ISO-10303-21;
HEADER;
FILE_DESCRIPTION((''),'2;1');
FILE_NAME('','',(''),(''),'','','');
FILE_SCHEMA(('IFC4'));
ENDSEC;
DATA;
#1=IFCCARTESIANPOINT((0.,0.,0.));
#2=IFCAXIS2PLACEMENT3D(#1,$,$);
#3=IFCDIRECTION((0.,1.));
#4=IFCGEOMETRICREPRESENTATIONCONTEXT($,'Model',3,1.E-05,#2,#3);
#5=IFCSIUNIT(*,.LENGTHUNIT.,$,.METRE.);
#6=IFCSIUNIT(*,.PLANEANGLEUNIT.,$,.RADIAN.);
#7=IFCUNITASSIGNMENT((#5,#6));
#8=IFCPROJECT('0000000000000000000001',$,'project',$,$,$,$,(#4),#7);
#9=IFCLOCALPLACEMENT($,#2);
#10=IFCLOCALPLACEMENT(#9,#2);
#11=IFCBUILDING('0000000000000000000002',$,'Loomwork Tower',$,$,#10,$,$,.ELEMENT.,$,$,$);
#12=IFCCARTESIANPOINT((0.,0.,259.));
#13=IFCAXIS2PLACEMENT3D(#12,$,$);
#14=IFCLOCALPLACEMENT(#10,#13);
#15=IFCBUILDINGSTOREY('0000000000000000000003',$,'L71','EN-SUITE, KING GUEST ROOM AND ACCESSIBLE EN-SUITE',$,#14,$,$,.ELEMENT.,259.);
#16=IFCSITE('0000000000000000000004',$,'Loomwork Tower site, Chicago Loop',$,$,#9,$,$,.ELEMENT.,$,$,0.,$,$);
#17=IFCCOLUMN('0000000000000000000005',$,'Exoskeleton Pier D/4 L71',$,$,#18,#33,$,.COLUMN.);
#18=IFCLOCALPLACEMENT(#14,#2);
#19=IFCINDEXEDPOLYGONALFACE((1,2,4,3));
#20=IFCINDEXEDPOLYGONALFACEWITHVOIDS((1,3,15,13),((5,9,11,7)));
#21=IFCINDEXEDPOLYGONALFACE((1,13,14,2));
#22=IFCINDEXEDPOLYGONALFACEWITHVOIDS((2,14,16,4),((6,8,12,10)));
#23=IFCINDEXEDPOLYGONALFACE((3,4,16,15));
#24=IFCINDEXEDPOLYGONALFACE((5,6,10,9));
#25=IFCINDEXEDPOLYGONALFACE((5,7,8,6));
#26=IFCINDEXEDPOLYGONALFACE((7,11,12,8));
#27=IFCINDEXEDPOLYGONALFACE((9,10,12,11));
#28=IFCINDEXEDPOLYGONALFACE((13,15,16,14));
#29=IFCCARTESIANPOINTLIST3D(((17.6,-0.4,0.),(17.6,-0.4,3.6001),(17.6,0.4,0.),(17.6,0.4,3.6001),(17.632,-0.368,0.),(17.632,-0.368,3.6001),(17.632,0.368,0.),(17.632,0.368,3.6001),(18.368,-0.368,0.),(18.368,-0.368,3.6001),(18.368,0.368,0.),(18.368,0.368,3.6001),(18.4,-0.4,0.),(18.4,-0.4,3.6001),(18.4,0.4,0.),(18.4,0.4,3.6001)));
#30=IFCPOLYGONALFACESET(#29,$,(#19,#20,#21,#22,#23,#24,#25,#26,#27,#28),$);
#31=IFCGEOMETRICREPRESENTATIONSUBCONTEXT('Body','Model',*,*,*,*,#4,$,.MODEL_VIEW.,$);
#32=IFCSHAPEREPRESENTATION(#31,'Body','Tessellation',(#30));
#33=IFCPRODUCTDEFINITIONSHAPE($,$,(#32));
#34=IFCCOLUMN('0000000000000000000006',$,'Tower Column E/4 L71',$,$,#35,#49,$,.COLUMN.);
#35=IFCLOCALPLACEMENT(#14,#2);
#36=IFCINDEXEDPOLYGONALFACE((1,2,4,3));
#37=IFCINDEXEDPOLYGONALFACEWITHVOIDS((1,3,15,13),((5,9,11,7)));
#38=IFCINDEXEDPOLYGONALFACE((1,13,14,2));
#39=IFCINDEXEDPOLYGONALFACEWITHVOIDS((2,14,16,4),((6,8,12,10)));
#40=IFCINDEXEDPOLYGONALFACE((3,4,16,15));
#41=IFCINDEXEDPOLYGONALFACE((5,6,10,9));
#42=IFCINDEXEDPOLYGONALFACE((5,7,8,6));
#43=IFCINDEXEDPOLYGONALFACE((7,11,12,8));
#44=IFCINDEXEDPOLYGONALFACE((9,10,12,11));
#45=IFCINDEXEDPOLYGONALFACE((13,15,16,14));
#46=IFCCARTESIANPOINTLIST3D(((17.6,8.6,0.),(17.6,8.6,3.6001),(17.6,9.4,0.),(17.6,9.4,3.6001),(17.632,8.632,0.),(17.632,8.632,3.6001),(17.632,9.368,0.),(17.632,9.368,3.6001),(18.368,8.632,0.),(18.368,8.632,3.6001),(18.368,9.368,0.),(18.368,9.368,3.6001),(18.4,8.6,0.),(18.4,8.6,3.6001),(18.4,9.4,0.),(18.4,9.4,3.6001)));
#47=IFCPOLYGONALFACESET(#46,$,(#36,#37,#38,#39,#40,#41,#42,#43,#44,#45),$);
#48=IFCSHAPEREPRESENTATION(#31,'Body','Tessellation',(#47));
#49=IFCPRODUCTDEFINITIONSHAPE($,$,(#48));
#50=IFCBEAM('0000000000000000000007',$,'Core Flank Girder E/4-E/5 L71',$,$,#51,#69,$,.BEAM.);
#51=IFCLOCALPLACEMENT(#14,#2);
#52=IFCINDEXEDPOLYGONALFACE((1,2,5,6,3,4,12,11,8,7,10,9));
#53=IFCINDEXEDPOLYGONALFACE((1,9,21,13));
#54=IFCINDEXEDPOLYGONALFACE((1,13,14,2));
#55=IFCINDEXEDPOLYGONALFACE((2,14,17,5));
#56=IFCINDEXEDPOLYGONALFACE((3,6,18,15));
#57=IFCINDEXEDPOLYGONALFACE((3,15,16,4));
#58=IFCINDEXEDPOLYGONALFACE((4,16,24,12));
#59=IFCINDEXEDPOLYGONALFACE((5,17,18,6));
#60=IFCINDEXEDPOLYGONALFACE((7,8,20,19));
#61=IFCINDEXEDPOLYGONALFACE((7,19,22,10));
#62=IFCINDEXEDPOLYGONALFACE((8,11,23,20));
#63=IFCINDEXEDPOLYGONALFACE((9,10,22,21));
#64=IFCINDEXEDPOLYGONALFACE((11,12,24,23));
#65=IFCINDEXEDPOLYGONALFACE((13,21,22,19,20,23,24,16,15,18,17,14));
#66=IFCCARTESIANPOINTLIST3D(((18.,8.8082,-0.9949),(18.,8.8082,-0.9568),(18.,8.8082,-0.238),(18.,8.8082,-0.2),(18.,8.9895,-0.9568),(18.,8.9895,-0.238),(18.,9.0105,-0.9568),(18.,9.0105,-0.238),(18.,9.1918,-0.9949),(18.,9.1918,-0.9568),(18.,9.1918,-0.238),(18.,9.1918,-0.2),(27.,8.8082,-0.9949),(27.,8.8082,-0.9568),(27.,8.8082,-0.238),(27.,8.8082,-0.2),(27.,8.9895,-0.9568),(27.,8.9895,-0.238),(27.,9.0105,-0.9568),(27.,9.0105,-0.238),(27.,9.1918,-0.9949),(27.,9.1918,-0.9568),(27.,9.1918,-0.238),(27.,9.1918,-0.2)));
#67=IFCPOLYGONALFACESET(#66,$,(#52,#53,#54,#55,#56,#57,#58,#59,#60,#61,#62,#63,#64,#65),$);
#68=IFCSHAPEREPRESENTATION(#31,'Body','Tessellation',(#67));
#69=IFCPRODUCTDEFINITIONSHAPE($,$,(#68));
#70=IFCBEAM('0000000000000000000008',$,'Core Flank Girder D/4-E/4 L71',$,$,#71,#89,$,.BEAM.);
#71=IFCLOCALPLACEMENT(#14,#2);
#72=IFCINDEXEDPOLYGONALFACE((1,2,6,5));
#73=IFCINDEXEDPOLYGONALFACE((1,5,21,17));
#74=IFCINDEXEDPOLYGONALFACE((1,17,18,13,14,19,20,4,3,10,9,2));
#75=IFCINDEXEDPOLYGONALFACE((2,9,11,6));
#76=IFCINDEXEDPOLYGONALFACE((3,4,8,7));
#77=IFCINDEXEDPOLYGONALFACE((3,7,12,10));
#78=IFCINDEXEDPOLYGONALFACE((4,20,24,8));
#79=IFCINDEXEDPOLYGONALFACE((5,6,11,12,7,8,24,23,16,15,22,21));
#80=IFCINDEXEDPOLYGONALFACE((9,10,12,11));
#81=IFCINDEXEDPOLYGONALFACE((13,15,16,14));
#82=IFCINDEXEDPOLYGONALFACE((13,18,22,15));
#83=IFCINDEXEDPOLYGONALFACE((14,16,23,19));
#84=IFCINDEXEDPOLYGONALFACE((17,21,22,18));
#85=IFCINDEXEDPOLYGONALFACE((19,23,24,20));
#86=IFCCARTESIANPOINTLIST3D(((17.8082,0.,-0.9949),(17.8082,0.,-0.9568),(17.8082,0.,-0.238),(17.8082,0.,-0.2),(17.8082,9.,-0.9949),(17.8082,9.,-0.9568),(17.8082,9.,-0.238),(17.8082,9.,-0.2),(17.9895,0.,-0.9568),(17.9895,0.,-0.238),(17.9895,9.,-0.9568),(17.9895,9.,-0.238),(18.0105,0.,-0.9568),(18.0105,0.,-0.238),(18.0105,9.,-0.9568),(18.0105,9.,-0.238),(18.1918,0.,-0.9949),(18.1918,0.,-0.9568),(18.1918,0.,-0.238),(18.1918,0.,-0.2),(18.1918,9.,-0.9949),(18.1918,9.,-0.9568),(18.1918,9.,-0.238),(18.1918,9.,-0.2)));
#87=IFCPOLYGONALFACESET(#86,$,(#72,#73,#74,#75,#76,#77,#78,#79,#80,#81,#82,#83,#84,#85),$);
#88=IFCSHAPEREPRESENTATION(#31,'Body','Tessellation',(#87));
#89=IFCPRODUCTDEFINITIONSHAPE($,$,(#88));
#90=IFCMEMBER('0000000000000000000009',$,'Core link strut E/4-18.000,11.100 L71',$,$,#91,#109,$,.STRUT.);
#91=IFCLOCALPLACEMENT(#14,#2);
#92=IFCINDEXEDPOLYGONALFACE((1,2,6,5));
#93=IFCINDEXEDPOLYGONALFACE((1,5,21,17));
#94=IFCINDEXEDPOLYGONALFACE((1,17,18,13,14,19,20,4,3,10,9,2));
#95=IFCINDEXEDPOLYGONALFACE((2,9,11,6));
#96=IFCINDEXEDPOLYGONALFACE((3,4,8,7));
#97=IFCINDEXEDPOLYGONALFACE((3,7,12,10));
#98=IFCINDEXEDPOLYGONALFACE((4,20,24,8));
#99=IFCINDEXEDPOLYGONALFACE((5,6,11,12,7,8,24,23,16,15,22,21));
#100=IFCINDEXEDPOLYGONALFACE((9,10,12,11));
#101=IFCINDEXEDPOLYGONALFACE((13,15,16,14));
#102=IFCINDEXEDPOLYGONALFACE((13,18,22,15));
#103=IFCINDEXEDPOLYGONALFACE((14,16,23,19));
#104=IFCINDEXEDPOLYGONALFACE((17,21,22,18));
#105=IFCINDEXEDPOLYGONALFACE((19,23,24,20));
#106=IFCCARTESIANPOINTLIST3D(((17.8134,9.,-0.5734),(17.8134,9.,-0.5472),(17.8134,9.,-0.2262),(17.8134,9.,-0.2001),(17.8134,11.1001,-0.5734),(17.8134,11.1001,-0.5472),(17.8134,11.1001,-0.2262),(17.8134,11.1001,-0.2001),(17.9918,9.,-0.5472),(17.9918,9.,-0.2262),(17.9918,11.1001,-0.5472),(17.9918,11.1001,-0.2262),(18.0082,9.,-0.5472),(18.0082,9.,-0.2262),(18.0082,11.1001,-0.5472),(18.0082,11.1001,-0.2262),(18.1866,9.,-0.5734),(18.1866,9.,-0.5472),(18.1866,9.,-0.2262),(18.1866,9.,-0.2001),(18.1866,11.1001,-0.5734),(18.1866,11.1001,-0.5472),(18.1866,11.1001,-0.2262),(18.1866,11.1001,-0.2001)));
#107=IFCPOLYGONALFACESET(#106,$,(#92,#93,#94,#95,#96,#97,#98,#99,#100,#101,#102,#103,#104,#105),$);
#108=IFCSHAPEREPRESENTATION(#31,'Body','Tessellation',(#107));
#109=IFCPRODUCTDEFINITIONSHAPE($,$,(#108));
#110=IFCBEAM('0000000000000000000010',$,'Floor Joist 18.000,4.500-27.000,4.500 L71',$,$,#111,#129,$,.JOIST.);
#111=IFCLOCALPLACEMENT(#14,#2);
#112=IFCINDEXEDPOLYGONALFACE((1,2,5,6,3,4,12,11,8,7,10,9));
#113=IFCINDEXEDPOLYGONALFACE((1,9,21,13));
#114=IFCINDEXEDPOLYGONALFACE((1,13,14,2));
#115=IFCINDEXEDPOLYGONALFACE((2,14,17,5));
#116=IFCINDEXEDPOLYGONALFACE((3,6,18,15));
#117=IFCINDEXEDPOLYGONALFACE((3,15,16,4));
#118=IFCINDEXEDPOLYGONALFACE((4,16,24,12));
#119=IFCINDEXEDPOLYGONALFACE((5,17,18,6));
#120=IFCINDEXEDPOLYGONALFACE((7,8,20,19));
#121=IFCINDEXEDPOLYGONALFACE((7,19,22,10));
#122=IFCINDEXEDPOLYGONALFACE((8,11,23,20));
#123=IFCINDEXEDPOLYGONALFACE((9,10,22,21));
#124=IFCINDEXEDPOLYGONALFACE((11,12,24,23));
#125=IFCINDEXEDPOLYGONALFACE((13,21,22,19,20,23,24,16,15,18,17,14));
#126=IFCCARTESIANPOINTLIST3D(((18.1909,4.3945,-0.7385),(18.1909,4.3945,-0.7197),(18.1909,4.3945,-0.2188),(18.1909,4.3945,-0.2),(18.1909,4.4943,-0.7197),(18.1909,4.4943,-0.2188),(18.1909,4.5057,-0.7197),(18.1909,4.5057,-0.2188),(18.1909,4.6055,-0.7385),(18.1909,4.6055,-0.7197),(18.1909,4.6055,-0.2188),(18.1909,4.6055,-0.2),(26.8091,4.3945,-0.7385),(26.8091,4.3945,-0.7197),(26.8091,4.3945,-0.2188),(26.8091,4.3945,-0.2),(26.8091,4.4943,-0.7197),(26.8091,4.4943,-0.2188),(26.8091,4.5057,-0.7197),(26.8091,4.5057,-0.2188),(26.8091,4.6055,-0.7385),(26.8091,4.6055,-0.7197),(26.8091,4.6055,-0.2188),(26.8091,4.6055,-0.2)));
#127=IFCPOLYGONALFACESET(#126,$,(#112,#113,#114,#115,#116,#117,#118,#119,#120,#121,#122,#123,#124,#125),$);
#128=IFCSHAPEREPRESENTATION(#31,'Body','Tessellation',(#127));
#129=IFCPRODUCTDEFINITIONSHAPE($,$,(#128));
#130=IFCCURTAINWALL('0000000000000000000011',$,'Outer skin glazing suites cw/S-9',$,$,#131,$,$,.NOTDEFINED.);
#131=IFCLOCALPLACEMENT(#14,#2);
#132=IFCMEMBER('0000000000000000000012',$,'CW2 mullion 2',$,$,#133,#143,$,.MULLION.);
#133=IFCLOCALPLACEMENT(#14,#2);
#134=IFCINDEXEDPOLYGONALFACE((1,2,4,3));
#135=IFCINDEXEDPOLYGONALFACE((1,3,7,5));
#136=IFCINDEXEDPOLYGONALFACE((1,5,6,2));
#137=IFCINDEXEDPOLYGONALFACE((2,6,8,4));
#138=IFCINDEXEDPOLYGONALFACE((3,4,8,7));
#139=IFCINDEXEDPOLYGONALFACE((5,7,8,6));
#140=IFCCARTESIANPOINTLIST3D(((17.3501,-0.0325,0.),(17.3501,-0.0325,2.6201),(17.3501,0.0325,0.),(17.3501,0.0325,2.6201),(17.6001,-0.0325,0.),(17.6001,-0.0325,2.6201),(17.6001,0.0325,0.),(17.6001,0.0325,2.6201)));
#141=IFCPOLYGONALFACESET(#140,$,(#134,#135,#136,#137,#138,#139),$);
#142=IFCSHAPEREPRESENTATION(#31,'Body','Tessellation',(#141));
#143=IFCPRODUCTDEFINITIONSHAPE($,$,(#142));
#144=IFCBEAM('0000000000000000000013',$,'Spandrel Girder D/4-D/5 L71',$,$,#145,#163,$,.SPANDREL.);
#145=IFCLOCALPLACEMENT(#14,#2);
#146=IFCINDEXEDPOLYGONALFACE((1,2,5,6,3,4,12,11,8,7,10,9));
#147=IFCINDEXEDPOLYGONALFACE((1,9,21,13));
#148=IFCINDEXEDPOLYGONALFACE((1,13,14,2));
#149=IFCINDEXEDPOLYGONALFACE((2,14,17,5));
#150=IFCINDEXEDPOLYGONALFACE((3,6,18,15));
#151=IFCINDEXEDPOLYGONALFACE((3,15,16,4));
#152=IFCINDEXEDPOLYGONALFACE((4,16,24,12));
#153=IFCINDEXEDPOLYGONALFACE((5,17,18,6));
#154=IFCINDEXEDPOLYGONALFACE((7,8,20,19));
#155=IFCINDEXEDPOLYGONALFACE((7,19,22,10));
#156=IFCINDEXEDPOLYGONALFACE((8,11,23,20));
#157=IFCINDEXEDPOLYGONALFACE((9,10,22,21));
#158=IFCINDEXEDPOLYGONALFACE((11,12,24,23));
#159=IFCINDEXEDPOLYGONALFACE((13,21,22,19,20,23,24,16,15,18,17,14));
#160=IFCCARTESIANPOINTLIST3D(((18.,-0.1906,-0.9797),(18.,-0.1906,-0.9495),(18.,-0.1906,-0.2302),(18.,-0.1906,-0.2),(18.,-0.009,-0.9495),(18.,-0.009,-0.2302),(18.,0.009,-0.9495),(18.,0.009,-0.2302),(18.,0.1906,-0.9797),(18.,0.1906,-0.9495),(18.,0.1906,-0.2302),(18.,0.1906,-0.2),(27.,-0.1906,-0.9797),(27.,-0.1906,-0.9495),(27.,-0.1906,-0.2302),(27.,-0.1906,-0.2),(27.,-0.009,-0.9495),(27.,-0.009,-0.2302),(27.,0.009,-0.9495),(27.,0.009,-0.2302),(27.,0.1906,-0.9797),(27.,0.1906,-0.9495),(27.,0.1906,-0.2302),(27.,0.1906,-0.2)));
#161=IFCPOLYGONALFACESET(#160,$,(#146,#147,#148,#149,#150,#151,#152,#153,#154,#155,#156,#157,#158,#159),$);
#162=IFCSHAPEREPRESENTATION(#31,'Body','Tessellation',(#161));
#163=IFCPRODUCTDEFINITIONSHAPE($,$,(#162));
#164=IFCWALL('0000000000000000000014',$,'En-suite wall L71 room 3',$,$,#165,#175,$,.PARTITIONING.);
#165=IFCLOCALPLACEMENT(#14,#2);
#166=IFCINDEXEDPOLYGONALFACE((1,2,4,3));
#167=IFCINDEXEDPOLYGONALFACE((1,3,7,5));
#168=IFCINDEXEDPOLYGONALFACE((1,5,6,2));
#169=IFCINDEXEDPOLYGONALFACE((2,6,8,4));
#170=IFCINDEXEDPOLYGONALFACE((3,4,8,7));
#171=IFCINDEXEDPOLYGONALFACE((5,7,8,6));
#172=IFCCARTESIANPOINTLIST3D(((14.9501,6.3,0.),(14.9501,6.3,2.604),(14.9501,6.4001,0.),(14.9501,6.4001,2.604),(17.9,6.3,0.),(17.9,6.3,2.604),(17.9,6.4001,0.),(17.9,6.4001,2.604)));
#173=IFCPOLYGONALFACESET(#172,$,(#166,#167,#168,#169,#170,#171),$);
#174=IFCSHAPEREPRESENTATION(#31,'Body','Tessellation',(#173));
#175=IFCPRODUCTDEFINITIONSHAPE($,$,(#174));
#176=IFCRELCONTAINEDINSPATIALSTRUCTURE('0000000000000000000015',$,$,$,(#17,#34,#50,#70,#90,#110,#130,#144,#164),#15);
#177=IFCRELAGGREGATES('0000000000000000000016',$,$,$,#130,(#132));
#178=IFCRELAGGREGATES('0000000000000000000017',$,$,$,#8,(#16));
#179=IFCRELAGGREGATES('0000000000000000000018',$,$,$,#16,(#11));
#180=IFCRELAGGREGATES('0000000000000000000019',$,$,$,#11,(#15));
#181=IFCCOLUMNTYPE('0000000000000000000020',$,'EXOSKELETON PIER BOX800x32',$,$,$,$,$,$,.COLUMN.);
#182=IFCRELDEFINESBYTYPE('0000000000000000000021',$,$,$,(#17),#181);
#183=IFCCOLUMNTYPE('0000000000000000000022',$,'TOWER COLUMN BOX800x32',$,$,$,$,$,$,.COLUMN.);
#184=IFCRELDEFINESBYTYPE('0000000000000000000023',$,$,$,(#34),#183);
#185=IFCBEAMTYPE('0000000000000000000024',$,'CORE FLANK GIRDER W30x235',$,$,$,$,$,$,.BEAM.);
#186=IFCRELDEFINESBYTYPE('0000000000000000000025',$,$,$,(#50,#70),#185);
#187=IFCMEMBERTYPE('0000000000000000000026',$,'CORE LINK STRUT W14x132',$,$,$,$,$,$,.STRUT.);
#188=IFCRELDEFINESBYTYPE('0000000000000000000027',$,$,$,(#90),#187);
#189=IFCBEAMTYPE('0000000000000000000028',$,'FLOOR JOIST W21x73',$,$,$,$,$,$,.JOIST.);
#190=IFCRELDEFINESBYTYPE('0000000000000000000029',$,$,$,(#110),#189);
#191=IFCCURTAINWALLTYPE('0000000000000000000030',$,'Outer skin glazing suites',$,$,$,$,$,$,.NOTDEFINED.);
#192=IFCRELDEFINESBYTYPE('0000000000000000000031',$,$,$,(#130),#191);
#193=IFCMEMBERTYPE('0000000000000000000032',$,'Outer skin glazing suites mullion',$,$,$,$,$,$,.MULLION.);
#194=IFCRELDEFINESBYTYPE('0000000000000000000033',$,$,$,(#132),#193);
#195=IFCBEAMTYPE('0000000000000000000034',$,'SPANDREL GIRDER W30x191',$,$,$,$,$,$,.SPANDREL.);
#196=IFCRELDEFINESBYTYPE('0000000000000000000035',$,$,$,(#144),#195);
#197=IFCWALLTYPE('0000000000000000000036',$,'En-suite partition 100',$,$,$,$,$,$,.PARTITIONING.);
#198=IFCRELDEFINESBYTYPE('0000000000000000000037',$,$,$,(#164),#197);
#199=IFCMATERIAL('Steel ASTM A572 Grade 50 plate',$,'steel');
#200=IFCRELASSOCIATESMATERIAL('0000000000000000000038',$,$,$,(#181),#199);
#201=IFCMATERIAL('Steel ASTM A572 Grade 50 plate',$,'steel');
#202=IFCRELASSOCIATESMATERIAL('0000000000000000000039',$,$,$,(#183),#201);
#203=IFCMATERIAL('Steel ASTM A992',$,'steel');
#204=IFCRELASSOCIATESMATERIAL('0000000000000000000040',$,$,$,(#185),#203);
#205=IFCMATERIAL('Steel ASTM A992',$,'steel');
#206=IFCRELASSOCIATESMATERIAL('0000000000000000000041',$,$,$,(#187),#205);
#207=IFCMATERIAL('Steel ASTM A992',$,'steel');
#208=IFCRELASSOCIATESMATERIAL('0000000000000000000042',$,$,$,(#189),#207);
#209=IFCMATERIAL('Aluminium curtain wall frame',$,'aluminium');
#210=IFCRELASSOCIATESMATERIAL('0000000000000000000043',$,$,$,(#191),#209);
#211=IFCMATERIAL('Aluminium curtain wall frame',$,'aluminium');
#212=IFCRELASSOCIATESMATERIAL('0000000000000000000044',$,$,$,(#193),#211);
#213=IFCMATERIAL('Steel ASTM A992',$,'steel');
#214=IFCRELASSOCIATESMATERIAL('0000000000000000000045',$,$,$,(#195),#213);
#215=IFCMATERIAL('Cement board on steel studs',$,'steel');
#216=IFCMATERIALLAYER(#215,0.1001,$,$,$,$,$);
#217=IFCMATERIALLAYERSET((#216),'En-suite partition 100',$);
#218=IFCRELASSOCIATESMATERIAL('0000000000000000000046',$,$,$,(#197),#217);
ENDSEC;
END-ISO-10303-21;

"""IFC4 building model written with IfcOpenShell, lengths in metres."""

from ifc_helpers import new_model, si_unit, direction, frame, frame_2d, origin, origin_2d, place, context, subcontext, project, spatial, rectangle, hollow_rectangle, i_section, extrude, material, layer, layer_set, material_profile, profile_set, type_object, element, aggregate, save


model = new_model("IFC4")

# Units and contexts
model_context = context("Model", 3, precision=1e-05, world=origin(), true_north=direction((0.0, 1.0)))
body_context = subcontext(model_context, "Body", "Model", "MODEL_VIEW")
ifc_project = project(units=[si_unit("LENGTHUNIT", "METRE"), si_unit("PLANEANGLEUNIT", "RADIAN")], contexts=[model_context])

# Site, building, storey
site_placement = place(None, origin())
site = spatial("IfcSite", under=ifc_project, at=site_placement, Name="Loomwork Tower site, Chicago Loop", CompositionType="ELEMENT", RefElevation=0.0)
building_placement = place(site_placement, origin())
building = spatial("IfcBuilding", under=site, at=building_placement, Name="Loomwork Tower", CompositionType="ELEMENT")
storey_placement = place(building_placement, frame((0.0, 0.0, 259.0)))
storey = spatial("IfcBuildingStorey", under=building, at=storey_placement, Name="L71", Description="EN-SUITE, KING GUEST ROOM AND ACCESSIBLE EN-SUITE", CompositionType="ELEMENT", Elevation=259.0)

# Columns
ifc_material_1 = material(Name="Steel ASTM A572 Grade 50 plate", Category="steel")
ifc_material_profile_1 = material_profile(ifc_material_1, hollow_rectangle(XDim=0.8, YDim=0.8, WallThickness=0.032, at=origin_2d()), Name="BOX800x32")
ifc_profile_set_1 = profile_set([ifc_material_profile_1], Name="Steel ASTM A572 Grade 50 plate")
column_type_1 = type_object("IfcColumnType", Name="EXOSKELETON PIER BOX800x32", PredefinedType="COLUMN", material=ifc_profile_set_1)
column_1_placement = place(storey_placement, frame((18.0, 0.0, 0.0), z_axis=(0.0, 0.0, 1.0), x_axis=(1.0, 0.0, 0.0)))
element("IfcColumn", 1, at=column_1_placement, inside=storey, type_object=column_type_1, Name="Exoskeleton Pier D/4 L71", PredefinedType="COLUMN", context=body_context, shape_type="SweptSolid", body=[
    extrude(hollow_rectangle(XDim=0.8, YDim=0.8, WallThickness=0.032, at=origin_2d()), origin(), (0.0, 0.0, 1.0), 3.6001),
])
ifc_material_2 = material(Name="Steel ASTM A572 Grade 50 plate", Category="steel")
ifc_material_profile_2 = material_profile(ifc_material_2, hollow_rectangle(XDim=0.8, YDim=0.8, WallThickness=0.032, at=origin_2d()), Name="BOX800x32")
ifc_profile_set_2 = profile_set([ifc_material_profile_2], Name="Steel ASTM A572 Grade 50 plate")
column_type_2 = type_object("IfcColumnType", Name="TOWER COLUMN BOX800x32", PredefinedType="COLUMN", material=ifc_profile_set_2)
column_2_placement = place(storey_placement, frame((18.0, 9.0, 0.0), z_axis=(0.0, 0.0, 1.0), x_axis=(1.0, 0.0, 0.0)))
element("IfcColumn", 2, at=column_2_placement, inside=storey, type_object=column_type_2, Name="Tower Column E/4 L71", PredefinedType="COLUMN", context=body_context, shape_type="SweptSolid", body=[
    extrude(hollow_rectangle(XDim=0.8, YDim=0.8, WallThickness=0.032, at=origin_2d()), origin(), (0.0, 0.0, 1.0), 3.6001),
])

# Beams
ifc_material_3 = material(Name="Steel ASTM A992", Category="steel")
ifc_material_profile_3 = material_profile(ifc_material_3, i_section(OverallWidth=0.3835, OverallDepth=0.7949, WebThickness=0.021, FlangeThickness=0.0381, at=origin_2d()), Name="W30x235")
ifc_profile_set_3 = profile_set([ifc_material_profile_3], Name="Steel ASTM A992")
beam_type_1 = type_object("IfcBeamType", Name="CORE FLANK GIRDER W30x235", PredefinedType="BEAM", material=ifc_profile_set_3)
for number, where, z_axis, x_axis, name in (
    (3, (18.0, 9.0, -0.5974), (1.0, 0.0, 0.0), (0.0, 1.0, 0.0), "Core Flank Girder E/4-E/5 L71"),
    (4, (18.0, 0.0, -0.5974), (0.0, 1.0, 0.0), (-1.0, 0.0, 0.0), "Core Flank Girder D/4-E/4 L71"),
):
    element("IfcBeam", number, at=place(storey_placement, frame(where, z_axis=z_axis, x_axis=x_axis)), inside=storey, type_object=beam_type_1, Name=name, PredefinedType="BEAM", context=body_context, shape_type="SweptSolid", body=[
        extrude(i_section(OverallWidth=0.3835, OverallDepth=0.7949, WebThickness=0.021, FlangeThickness=0.0381, at=origin_2d()), origin(), (0.0, 0.0, 1.0), 9.0),
    ])

# Member
ifc_material_4 = material(Name="Steel ASTM A992", Category="steel")
ifc_material_profile_4 = material_profile(ifc_material_4, i_section(OverallWidth=0.3733, OverallDepth=0.3733, WebThickness=0.0164, FlangeThickness=0.0261, at=origin_2d()), Name="W14x132")
ifc_profile_set_4 = profile_set([ifc_material_profile_4], Name="Steel ASTM A992")
member_type_1 = type_object("IfcMemberType", Name="CORE LINK STRUT W14x132", PredefinedType="STRUT", material=ifc_profile_set_4)
member_1_placement = place(storey_placement, frame((18.0, 9.0, -0.3867), z_axis=(0.0, 1.0, 0.0), x_axis=(-1.0, 0.0, 0.0)))
element("IfcMember", 5, at=member_1_placement, inside=storey, type_object=member_type_1, Name="Core link strut E/4-18.000,11.100 L71", PredefinedType="STRUT", context=body_context, shape_type="SweptSolid", body=[
    extrude(i_section(OverallWidth=0.3733, OverallDepth=0.3733, WebThickness=0.0164, FlangeThickness=0.0261, at=origin_2d()), origin(), (0.0, 0.0, 1.0), 2.1001),
])

# Beam
ifc_material_5 = material(Name="Steel ASTM A992", Category="steel")
ifc_material_profile_5 = material_profile(ifc_material_5, i_section(OverallWidth=0.2109, OverallDepth=0.5386, WebThickness=0.0115, FlangeThickness=0.0188, at=origin_2d()), Name="W21x73")
ifc_profile_set_5 = profile_set([ifc_material_profile_5], Name="Steel ASTM A992")
beam_type_2 = type_object("IfcBeamType", Name="FLOOR JOIST W21x73", PredefinedType="JOIST", material=ifc_profile_set_5)
beam_1_placement = place(storey_placement, frame((18.1909, 4.5, -0.4692), z_axis=(1.0, 0.0, 0.0), x_axis=(0.0, 1.0, 0.0)))
element("IfcBeam", 6, at=beam_1_placement, inside=storey, type_object=beam_type_2, Name="Floor Joist 18.000,4.500-27.000,4.500 L71", PredefinedType="JOIST", context=body_context, shape_type="SweptSolid", body=[
    extrude(i_section(OverallWidth=0.2109, OverallDepth=0.5386, WebThickness=0.0115, FlangeThickness=0.0188, at=origin_2d()), origin(), (0.0, 0.0, 1.0), 8.6182),
])

# Curtain wall, member
ifc_material_6 = material(Name="Aluminium curtain wall frame", Category="aluminium")
curtain_wall_type = type_object("IfcCurtainWallType", Name="Outer skin glazing suites", PredefinedType="NOTDEFINED", material=ifc_material_6)
curtain_wall_placement = place(storey_placement, origin())
curtain_wall = element("IfcCurtainWall", 7, at=curtain_wall_placement, inside=storey, type_object=curtain_wall_type, Name="Outer skin glazing suites cw/S-9", PredefinedType="NOTDEFINED")
ifc_material_7 = material(Name="Aluminium curtain wall frame", Category="aluminium")
ifc_material_profile_6 = material_profile(ifc_material_7, rectangle(XDim=0.0649, YDim=0.25, at=origin_2d()), Name="AL 65x250")
ifc_profile_set_6 = profile_set([ifc_material_profile_6], Name="Aluminium curtain wall frame")
member_type_2 = type_object("IfcMemberType", Name="Outer skin glazing suites mullion", PredefinedType="MULLION", material=ifc_profile_set_6)
member_2_placement = place(storey_placement, frame((17.4751, 0.0, 0.0), z_axis=(0.0, 0.0, 1.0), x_axis=(0.0, 1.0, 0.0)))
member_2 = element("IfcMember", 8, at=member_2_placement, type_object=member_type_2, Name="CW2 mullion 2", PredefinedType="MULLION", context=body_context, shape_type="SweptSolid", body=[
    extrude(rectangle(XDim=0.0649, YDim=0.25, at=origin_2d()), origin(), (0.0, 0.0, 1.0), 2.6201),
])
aggregate(curtain_wall, [member_2])

# Beam
ifc_material_8 = material(Name="Steel ASTM A992", Category="steel")
ifc_material_profile_7 = material_profile(ifc_material_8, i_section(OverallWidth=0.3811, OverallDepth=0.7798, WebThickness=0.0181, FlangeThickness=0.0303, at=origin_2d()), Name="W30x191")
ifc_profile_set_7 = profile_set([ifc_material_profile_7], Name="Steel ASTM A992")
beam_type_3 = type_object("IfcBeamType", Name="SPANDREL GIRDER W30x191", PredefinedType="SPANDREL", material=ifc_profile_set_7)
beam_2_placement = place(storey_placement, frame((18.0, 0.0, -0.5898), z_axis=(1.0, 0.0, 0.0), x_axis=(0.0, 1.0, 0.0)))
element("IfcBeam", 9, at=beam_2_placement, inside=storey, type_object=beam_type_3, Name="Spandrel Girder D/4-D/5 L71", PredefinedType="SPANDREL", context=body_context, shape_type="SweptSolid", body=[
    extrude(i_section(OverallWidth=0.3811, OverallDepth=0.7798, WebThickness=0.0181, FlangeThickness=0.0303, at=origin_2d()), origin(), (0.0, 0.0, 1.0), 9.0),
])

# Wall
ifc_material_9 = material(Name="Cement board on steel studs", Category="steel")
ifc_layer_1 = layer(ifc_material_9, 0.1001)
ifc_layer_set_1 = layer_set([ifc_layer_1], Name="En-suite partition 100")
wall_type_1 = type_object("IfcWallType", Name="En-suite partition 100", PredefinedType="PARTITIONING", material=ifc_layer_set_1)
wall_1_placement = place(storey_placement, frame((14.95, 6.3501, 0.0), z_axis=(0.0, 0.0, 1.0), x_axis=(1.0, 0.0, 0.0)))
element("IfcWall", 10, at=wall_1_placement, inside=storey, type_object=wall_type_1, Name="En-suite wall L71 room 3", PredefinedType="PARTITIONING", context=body_context, shape_type="SweptSolid", body=[
    extrude(rectangle(XDim=2.95, YDim=0.1001, at=frame_2d((1.4751, 0.0))), origin(), (0.0, 0.0, 1.0), 2.604),
])

save(model, "model.ifc")
